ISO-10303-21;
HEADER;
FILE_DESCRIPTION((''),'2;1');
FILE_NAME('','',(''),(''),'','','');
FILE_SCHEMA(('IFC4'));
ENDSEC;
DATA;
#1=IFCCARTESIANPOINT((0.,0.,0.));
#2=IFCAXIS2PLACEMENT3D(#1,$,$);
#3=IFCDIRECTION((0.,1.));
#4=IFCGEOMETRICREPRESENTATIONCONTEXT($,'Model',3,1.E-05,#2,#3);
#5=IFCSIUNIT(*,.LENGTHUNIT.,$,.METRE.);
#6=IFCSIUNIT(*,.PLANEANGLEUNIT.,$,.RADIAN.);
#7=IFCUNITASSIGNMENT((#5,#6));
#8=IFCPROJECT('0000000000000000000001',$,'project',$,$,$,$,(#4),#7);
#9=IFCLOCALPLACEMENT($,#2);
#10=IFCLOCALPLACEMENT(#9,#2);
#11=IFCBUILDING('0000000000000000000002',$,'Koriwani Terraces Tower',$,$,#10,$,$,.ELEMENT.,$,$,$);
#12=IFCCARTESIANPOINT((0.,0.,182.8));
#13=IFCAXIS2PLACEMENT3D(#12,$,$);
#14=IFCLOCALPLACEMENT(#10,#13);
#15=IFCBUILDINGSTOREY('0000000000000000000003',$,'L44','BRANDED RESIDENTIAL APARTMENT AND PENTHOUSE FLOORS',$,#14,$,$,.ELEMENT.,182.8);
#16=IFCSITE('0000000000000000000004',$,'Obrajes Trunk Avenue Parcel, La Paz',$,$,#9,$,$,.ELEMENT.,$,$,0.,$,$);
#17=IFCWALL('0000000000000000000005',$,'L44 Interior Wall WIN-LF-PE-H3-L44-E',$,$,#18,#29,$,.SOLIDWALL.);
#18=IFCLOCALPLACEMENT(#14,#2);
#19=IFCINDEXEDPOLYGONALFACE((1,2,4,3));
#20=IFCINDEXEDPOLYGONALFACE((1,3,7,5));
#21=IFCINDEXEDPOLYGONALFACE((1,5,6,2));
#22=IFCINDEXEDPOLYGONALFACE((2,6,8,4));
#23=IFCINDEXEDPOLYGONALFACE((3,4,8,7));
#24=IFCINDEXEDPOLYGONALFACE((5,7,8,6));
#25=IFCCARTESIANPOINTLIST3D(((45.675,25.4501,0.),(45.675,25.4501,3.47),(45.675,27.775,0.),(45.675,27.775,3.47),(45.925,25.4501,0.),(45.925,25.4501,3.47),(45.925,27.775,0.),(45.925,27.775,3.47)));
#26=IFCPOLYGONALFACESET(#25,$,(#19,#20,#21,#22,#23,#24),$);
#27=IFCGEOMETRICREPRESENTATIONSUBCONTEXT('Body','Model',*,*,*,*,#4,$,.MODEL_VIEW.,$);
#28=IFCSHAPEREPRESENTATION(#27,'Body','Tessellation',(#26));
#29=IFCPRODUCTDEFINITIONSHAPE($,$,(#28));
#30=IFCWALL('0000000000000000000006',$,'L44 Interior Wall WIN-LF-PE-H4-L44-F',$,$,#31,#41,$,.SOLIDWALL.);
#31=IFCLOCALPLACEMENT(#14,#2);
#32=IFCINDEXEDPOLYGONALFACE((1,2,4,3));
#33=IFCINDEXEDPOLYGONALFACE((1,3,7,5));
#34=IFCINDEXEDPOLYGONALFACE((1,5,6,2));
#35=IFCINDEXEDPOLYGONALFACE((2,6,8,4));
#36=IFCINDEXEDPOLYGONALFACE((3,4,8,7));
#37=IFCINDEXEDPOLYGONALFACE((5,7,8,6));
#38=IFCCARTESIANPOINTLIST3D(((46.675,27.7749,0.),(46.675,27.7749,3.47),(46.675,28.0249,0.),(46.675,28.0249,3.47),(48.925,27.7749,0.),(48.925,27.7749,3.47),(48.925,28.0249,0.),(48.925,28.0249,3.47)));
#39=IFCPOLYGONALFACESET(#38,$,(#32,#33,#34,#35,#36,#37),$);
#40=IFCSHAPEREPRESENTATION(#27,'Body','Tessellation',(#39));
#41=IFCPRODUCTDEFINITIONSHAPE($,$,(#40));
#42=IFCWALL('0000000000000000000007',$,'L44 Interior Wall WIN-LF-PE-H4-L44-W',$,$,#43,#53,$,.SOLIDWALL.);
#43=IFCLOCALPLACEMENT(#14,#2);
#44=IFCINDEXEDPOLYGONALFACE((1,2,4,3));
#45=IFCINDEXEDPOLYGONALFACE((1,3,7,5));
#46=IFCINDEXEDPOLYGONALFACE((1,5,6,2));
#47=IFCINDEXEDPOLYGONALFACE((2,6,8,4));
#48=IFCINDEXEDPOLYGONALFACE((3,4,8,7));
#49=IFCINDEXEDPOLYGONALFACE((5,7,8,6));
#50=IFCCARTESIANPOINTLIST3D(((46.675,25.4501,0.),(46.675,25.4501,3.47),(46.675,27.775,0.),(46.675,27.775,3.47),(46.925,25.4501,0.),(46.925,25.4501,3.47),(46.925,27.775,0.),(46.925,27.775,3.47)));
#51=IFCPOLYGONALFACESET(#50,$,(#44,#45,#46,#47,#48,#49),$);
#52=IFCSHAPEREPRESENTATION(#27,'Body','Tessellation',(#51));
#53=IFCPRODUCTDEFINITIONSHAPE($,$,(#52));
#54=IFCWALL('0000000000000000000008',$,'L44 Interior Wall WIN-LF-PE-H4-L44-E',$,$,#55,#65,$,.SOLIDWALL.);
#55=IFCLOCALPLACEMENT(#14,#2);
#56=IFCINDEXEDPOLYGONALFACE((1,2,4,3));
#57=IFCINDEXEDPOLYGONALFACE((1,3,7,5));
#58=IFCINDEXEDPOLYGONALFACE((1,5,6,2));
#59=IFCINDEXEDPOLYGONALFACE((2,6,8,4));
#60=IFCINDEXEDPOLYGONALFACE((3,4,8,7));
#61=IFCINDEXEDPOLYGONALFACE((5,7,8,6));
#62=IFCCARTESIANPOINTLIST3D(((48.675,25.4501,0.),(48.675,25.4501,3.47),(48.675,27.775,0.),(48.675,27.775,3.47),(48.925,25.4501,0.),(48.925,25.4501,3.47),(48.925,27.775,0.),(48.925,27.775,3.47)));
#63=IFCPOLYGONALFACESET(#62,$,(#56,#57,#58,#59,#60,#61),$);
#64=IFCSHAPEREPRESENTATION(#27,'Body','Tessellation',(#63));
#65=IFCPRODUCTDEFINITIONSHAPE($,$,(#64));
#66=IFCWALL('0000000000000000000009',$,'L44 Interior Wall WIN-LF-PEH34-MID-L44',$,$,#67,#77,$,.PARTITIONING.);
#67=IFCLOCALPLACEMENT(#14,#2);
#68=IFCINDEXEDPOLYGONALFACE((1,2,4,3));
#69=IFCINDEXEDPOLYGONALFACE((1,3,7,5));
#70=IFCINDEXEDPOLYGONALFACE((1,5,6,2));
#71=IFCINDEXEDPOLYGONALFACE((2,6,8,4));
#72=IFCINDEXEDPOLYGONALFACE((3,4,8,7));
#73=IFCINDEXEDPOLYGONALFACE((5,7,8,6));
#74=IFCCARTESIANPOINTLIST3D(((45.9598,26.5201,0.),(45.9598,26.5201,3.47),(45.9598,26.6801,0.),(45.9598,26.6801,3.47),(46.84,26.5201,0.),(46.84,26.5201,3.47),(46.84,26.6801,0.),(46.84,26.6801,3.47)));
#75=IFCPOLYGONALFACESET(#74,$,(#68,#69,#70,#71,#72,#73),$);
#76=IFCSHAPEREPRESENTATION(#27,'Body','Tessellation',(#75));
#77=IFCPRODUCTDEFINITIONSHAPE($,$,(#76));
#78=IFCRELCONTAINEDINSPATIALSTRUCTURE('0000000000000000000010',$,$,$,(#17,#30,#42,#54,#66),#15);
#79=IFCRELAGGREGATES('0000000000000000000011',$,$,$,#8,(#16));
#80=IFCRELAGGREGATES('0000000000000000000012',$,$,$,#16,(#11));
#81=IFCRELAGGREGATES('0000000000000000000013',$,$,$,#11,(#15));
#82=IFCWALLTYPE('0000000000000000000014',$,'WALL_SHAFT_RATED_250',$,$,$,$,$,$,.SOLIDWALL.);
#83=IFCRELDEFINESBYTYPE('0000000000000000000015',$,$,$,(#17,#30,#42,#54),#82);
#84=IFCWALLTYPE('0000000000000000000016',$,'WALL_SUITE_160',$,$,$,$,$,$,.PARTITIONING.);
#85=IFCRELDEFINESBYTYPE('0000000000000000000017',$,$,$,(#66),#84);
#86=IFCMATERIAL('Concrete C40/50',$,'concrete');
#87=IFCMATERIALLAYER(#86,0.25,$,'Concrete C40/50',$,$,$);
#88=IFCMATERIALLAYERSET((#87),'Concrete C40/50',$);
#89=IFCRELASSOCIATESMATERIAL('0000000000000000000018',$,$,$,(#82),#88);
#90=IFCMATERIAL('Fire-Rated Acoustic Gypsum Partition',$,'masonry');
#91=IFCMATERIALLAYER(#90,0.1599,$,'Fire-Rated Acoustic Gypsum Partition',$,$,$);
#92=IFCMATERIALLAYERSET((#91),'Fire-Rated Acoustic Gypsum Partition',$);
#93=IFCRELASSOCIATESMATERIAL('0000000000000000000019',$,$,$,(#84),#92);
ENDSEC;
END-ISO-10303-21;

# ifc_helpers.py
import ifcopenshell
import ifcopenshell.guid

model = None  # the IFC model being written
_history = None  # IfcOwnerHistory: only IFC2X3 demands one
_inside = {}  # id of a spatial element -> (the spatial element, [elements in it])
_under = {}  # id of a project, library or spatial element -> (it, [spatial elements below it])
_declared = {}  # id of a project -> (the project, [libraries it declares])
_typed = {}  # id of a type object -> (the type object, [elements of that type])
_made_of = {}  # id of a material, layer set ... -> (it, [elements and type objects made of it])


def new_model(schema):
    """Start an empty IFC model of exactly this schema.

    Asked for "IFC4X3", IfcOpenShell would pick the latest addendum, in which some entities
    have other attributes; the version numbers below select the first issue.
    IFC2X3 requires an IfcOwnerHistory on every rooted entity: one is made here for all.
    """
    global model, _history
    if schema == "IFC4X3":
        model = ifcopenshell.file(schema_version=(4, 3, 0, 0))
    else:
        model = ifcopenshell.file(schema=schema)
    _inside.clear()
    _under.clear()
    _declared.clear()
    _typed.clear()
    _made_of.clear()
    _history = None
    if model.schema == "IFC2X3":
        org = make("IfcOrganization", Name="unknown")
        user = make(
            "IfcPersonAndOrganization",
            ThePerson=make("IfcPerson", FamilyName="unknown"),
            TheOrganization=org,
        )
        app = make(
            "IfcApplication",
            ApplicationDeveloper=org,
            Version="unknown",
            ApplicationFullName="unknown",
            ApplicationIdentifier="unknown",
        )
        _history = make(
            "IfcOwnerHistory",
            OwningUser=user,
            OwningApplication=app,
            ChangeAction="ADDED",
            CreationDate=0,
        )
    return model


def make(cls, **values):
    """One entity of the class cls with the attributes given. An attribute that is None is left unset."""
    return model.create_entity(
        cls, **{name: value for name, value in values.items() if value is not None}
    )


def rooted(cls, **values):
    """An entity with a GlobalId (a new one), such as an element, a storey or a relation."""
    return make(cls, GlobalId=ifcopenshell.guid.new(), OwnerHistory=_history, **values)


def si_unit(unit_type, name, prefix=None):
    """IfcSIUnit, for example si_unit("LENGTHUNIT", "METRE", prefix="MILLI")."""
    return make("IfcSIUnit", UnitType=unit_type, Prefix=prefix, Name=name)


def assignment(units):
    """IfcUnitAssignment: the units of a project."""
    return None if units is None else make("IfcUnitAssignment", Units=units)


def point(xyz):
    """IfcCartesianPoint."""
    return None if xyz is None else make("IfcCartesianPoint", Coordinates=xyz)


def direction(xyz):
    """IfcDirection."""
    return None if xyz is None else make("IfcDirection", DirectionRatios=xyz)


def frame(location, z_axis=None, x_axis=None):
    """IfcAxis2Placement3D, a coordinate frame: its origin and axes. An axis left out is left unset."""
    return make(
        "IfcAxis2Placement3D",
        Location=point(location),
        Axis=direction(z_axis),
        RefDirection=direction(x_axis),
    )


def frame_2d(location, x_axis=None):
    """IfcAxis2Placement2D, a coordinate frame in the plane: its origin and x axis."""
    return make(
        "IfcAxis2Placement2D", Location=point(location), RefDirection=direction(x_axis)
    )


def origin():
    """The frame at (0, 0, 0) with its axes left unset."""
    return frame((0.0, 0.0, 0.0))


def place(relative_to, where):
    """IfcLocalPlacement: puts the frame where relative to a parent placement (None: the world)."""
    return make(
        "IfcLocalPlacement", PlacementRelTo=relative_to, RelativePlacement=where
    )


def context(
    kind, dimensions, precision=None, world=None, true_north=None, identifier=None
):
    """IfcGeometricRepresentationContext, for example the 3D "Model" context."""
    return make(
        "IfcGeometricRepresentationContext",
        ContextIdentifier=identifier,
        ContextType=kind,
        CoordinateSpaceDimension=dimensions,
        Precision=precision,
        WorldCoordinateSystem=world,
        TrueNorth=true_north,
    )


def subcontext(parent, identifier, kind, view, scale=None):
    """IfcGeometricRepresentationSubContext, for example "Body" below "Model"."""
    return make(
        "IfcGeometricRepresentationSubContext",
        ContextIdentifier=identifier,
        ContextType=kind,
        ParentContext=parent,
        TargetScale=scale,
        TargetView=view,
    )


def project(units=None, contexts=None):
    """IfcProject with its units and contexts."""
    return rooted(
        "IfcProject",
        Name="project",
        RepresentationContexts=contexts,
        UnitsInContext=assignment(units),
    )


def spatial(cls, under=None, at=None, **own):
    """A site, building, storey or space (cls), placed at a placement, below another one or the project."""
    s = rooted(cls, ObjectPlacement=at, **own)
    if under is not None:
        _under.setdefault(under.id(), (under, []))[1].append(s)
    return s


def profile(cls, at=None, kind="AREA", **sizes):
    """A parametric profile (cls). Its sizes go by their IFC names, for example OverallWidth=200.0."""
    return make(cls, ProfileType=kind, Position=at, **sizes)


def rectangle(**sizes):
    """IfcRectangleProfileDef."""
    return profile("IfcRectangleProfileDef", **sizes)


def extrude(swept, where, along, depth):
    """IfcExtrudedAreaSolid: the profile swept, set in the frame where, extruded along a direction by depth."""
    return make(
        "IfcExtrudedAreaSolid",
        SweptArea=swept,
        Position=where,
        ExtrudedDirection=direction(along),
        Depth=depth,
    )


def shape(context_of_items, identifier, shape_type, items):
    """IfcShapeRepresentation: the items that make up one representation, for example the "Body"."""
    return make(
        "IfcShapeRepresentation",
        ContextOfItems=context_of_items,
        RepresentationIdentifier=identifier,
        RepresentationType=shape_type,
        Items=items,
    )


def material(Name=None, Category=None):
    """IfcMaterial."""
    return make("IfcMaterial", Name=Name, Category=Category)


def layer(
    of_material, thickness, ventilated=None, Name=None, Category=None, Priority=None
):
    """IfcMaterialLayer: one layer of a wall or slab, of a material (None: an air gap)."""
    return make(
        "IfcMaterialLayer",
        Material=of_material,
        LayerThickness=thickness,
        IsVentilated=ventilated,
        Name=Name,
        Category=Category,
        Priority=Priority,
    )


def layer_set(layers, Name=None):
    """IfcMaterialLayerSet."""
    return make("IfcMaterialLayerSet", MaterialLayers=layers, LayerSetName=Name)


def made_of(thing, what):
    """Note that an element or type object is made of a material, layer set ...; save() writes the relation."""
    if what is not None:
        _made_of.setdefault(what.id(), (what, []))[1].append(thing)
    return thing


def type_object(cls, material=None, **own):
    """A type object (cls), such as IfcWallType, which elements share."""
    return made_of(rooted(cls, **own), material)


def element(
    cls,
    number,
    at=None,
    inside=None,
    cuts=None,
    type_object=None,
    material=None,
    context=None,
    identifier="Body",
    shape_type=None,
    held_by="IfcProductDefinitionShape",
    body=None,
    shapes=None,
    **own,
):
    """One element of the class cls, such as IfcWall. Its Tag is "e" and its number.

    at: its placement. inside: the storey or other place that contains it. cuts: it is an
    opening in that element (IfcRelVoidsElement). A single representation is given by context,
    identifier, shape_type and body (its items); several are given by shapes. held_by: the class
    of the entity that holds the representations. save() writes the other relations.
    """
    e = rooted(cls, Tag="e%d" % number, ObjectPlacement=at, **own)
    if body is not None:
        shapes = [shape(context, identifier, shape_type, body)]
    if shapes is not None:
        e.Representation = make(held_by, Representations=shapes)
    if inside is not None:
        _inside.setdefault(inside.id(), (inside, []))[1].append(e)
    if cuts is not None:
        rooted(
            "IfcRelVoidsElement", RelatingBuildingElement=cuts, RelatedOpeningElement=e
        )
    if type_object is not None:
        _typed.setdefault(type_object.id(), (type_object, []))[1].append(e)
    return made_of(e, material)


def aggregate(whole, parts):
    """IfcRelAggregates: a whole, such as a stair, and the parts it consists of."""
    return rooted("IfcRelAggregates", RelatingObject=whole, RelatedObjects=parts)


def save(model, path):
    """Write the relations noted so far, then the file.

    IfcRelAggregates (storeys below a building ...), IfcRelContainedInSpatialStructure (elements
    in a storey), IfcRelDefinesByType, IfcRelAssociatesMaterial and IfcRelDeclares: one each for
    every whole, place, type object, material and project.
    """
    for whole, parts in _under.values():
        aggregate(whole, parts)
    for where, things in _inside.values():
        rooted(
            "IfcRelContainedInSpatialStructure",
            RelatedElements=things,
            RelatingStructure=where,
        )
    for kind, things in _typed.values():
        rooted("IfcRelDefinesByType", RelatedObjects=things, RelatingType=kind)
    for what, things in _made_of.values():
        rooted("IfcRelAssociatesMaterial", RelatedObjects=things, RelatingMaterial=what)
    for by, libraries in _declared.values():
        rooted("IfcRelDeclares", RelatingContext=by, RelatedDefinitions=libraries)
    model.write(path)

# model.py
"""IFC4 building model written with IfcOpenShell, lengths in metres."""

from ifc_helpers import new_model, si_unit, direction, frame, frame_2d, origin, place, context, subcontext, project, spatial, rectangle, extrude, material, layer, layer_set, type_object, element, save


model = new_model("IFC4")

# Units and contexts
model_context = context("Model", 3, precision=1e-05, world=origin(), true_north=direction((0.0, 1.0)))
body_context = subcontext(model_context, "Body", "Model", "MODEL_VIEW")
ifc_project = project(units=[si_unit("LENGTHUNIT", "METRE"), si_unit("PLANEANGLEUNIT", "RADIAN")], contexts=[model_context])

# Site, building, storey
site_placement = place(None, origin())
site = spatial("IfcSite", under=ifc_project, at=site_placement, Name="Obrajes Trunk Avenue Parcel, La Paz", CompositionType="ELEMENT", RefElevation=0.0)
building_placement = place(site_placement, origin())
building = spatial("IfcBuilding", under=site, at=building_placement, Name="Koriwani Terraces Tower", CompositionType="ELEMENT")
storey_placement = place(building_placement, frame((0.0, 0.0, 182.8)))
storey = spatial("IfcBuildingStorey", under=building, at=storey_placement, Name="L44", Description="BRANDED RESIDENTIAL APARTMENT AND PENTHOUSE FLOORS", CompositionType="ELEMENT", Elevation=182.8)

# Walls
ifc_material_1 = material(Name="Concrete C40/50", Category="concrete")
ifc_layer_1 = layer(ifc_material_1, 0.25, Name="Concrete C40/50")
ifc_layer_set_1 = layer_set([ifc_layer_1], Name="Concrete C40/50")
wall_type_1 = type_object("IfcWallType", Name="WALL_SHAFT_RATED_250", PredefinedType="SOLIDWALL", material=ifc_layer_set_1)
for number, where, z_axis, x_axis, name in (
    (1, (45.8, 25.45, 0.0), (0.0, 0.0, 1.0), (0.0, 1.0, 0.0), "L44 Interior Wall WIN-LF-PE-H3-L44-E"),
):
    element("IfcWall", number, at=place(storey_placement, frame(where, z_axis=z_axis, x_axis=x_axis)), inside=storey, type_object=wall_type_1, Name=name, PredefinedType="SOLIDWALL", context=body_context, shape_type="SweptSolid", body=[
        extrude(rectangle(XDim=2.325, YDim=0.25, at=frame_2d((1.1626, 0.0))), origin(), (0.0, 0.0, 1.0), 3.47),
    ])
wall_1_placement = place(storey_placement, frame((46.675, 27.8999, 0.0), z_axis=(0.0, 0.0, 1.0), x_axis=(1.0, 0.0, 0.0)))
element("IfcWall", 2, at=wall_1_placement, inside=storey, type_object=wall_type_1, Name="L44 Interior Wall WIN-LF-PE-H4-L44-F", PredefinedType="SOLIDWALL", context=body_context, shape_type="SweptSolid", body=[
    extrude(rectangle(XDim=2.25, YDim=0.25, at=frame_2d((1.125, 0.0))), origin(), (0.0, 0.0, 1.0), 3.47),
])
for number, where, z_axis, x_axis, name in (
    (3, (46.8, 25.45, 0.0), (0.0, 0.0, 1.0), (0.0, 1.0, 0.0), "L44 Interior Wall WIN-LF-PE-H4-L44-W"),
    (4, (48.8, 25.45, 0.0), (0.0, 0.0, 1.0), (0.0, 1.0, 0.0), "L44 Interior Wall WIN-LF-PE-H4-L44-E"),
):
    element("IfcWall", number, at=place(storey_placement, frame(where, z_axis=z_axis, x_axis=x_axis)), inside=storey, type_object=wall_type_1, Name=name, PredefinedType="SOLIDWALL", context=body_context, shape_type="SweptSolid", body=[
        extrude(rectangle(XDim=2.325, YDim=0.25, at=frame_2d((1.1626, 0.0))), origin(), (0.0, 0.0, 1.0), 3.47),
    ])
ifc_material_2 = material(Name="Fire-Rated Acoustic Gypsum Partition", Category="masonry")
ifc_layer_2 = layer(ifc_material_2, 0.1599, Name="Fire-Rated Acoustic Gypsum Partition")
ifc_layer_set_2 = layer_set([ifc_layer_2], Name="Fire-Rated Acoustic Gypsum Partition")
wall_type_2 = type_object("IfcWallType", Name="WALL_SUITE_160", PredefinedType="PARTITIONING", material=ifc_layer_set_2)
wall_2_placement = place(storey_placement, frame((45.96, 26.6001, 0.0), z_axis=(0.0, 0.0, 1.0), x_axis=(1.0, 0.0, 0.0)))
element("IfcWall", 5, at=wall_2_placement, inside=storey, type_object=wall_type_2, Name="L44 Interior Wall WIN-LF-PEH34-MID-L44", PredefinedType="PARTITIONING", context=body_context, shape_type="SweptSolid", body=[
    extrude(rectangle(XDim=0.8801, YDim=0.1599, at=frame_2d((0.4399, 0.0))), origin(), (0.0, 0.0, 1.0), 3.47),
])

save(model, "model.ifc")
